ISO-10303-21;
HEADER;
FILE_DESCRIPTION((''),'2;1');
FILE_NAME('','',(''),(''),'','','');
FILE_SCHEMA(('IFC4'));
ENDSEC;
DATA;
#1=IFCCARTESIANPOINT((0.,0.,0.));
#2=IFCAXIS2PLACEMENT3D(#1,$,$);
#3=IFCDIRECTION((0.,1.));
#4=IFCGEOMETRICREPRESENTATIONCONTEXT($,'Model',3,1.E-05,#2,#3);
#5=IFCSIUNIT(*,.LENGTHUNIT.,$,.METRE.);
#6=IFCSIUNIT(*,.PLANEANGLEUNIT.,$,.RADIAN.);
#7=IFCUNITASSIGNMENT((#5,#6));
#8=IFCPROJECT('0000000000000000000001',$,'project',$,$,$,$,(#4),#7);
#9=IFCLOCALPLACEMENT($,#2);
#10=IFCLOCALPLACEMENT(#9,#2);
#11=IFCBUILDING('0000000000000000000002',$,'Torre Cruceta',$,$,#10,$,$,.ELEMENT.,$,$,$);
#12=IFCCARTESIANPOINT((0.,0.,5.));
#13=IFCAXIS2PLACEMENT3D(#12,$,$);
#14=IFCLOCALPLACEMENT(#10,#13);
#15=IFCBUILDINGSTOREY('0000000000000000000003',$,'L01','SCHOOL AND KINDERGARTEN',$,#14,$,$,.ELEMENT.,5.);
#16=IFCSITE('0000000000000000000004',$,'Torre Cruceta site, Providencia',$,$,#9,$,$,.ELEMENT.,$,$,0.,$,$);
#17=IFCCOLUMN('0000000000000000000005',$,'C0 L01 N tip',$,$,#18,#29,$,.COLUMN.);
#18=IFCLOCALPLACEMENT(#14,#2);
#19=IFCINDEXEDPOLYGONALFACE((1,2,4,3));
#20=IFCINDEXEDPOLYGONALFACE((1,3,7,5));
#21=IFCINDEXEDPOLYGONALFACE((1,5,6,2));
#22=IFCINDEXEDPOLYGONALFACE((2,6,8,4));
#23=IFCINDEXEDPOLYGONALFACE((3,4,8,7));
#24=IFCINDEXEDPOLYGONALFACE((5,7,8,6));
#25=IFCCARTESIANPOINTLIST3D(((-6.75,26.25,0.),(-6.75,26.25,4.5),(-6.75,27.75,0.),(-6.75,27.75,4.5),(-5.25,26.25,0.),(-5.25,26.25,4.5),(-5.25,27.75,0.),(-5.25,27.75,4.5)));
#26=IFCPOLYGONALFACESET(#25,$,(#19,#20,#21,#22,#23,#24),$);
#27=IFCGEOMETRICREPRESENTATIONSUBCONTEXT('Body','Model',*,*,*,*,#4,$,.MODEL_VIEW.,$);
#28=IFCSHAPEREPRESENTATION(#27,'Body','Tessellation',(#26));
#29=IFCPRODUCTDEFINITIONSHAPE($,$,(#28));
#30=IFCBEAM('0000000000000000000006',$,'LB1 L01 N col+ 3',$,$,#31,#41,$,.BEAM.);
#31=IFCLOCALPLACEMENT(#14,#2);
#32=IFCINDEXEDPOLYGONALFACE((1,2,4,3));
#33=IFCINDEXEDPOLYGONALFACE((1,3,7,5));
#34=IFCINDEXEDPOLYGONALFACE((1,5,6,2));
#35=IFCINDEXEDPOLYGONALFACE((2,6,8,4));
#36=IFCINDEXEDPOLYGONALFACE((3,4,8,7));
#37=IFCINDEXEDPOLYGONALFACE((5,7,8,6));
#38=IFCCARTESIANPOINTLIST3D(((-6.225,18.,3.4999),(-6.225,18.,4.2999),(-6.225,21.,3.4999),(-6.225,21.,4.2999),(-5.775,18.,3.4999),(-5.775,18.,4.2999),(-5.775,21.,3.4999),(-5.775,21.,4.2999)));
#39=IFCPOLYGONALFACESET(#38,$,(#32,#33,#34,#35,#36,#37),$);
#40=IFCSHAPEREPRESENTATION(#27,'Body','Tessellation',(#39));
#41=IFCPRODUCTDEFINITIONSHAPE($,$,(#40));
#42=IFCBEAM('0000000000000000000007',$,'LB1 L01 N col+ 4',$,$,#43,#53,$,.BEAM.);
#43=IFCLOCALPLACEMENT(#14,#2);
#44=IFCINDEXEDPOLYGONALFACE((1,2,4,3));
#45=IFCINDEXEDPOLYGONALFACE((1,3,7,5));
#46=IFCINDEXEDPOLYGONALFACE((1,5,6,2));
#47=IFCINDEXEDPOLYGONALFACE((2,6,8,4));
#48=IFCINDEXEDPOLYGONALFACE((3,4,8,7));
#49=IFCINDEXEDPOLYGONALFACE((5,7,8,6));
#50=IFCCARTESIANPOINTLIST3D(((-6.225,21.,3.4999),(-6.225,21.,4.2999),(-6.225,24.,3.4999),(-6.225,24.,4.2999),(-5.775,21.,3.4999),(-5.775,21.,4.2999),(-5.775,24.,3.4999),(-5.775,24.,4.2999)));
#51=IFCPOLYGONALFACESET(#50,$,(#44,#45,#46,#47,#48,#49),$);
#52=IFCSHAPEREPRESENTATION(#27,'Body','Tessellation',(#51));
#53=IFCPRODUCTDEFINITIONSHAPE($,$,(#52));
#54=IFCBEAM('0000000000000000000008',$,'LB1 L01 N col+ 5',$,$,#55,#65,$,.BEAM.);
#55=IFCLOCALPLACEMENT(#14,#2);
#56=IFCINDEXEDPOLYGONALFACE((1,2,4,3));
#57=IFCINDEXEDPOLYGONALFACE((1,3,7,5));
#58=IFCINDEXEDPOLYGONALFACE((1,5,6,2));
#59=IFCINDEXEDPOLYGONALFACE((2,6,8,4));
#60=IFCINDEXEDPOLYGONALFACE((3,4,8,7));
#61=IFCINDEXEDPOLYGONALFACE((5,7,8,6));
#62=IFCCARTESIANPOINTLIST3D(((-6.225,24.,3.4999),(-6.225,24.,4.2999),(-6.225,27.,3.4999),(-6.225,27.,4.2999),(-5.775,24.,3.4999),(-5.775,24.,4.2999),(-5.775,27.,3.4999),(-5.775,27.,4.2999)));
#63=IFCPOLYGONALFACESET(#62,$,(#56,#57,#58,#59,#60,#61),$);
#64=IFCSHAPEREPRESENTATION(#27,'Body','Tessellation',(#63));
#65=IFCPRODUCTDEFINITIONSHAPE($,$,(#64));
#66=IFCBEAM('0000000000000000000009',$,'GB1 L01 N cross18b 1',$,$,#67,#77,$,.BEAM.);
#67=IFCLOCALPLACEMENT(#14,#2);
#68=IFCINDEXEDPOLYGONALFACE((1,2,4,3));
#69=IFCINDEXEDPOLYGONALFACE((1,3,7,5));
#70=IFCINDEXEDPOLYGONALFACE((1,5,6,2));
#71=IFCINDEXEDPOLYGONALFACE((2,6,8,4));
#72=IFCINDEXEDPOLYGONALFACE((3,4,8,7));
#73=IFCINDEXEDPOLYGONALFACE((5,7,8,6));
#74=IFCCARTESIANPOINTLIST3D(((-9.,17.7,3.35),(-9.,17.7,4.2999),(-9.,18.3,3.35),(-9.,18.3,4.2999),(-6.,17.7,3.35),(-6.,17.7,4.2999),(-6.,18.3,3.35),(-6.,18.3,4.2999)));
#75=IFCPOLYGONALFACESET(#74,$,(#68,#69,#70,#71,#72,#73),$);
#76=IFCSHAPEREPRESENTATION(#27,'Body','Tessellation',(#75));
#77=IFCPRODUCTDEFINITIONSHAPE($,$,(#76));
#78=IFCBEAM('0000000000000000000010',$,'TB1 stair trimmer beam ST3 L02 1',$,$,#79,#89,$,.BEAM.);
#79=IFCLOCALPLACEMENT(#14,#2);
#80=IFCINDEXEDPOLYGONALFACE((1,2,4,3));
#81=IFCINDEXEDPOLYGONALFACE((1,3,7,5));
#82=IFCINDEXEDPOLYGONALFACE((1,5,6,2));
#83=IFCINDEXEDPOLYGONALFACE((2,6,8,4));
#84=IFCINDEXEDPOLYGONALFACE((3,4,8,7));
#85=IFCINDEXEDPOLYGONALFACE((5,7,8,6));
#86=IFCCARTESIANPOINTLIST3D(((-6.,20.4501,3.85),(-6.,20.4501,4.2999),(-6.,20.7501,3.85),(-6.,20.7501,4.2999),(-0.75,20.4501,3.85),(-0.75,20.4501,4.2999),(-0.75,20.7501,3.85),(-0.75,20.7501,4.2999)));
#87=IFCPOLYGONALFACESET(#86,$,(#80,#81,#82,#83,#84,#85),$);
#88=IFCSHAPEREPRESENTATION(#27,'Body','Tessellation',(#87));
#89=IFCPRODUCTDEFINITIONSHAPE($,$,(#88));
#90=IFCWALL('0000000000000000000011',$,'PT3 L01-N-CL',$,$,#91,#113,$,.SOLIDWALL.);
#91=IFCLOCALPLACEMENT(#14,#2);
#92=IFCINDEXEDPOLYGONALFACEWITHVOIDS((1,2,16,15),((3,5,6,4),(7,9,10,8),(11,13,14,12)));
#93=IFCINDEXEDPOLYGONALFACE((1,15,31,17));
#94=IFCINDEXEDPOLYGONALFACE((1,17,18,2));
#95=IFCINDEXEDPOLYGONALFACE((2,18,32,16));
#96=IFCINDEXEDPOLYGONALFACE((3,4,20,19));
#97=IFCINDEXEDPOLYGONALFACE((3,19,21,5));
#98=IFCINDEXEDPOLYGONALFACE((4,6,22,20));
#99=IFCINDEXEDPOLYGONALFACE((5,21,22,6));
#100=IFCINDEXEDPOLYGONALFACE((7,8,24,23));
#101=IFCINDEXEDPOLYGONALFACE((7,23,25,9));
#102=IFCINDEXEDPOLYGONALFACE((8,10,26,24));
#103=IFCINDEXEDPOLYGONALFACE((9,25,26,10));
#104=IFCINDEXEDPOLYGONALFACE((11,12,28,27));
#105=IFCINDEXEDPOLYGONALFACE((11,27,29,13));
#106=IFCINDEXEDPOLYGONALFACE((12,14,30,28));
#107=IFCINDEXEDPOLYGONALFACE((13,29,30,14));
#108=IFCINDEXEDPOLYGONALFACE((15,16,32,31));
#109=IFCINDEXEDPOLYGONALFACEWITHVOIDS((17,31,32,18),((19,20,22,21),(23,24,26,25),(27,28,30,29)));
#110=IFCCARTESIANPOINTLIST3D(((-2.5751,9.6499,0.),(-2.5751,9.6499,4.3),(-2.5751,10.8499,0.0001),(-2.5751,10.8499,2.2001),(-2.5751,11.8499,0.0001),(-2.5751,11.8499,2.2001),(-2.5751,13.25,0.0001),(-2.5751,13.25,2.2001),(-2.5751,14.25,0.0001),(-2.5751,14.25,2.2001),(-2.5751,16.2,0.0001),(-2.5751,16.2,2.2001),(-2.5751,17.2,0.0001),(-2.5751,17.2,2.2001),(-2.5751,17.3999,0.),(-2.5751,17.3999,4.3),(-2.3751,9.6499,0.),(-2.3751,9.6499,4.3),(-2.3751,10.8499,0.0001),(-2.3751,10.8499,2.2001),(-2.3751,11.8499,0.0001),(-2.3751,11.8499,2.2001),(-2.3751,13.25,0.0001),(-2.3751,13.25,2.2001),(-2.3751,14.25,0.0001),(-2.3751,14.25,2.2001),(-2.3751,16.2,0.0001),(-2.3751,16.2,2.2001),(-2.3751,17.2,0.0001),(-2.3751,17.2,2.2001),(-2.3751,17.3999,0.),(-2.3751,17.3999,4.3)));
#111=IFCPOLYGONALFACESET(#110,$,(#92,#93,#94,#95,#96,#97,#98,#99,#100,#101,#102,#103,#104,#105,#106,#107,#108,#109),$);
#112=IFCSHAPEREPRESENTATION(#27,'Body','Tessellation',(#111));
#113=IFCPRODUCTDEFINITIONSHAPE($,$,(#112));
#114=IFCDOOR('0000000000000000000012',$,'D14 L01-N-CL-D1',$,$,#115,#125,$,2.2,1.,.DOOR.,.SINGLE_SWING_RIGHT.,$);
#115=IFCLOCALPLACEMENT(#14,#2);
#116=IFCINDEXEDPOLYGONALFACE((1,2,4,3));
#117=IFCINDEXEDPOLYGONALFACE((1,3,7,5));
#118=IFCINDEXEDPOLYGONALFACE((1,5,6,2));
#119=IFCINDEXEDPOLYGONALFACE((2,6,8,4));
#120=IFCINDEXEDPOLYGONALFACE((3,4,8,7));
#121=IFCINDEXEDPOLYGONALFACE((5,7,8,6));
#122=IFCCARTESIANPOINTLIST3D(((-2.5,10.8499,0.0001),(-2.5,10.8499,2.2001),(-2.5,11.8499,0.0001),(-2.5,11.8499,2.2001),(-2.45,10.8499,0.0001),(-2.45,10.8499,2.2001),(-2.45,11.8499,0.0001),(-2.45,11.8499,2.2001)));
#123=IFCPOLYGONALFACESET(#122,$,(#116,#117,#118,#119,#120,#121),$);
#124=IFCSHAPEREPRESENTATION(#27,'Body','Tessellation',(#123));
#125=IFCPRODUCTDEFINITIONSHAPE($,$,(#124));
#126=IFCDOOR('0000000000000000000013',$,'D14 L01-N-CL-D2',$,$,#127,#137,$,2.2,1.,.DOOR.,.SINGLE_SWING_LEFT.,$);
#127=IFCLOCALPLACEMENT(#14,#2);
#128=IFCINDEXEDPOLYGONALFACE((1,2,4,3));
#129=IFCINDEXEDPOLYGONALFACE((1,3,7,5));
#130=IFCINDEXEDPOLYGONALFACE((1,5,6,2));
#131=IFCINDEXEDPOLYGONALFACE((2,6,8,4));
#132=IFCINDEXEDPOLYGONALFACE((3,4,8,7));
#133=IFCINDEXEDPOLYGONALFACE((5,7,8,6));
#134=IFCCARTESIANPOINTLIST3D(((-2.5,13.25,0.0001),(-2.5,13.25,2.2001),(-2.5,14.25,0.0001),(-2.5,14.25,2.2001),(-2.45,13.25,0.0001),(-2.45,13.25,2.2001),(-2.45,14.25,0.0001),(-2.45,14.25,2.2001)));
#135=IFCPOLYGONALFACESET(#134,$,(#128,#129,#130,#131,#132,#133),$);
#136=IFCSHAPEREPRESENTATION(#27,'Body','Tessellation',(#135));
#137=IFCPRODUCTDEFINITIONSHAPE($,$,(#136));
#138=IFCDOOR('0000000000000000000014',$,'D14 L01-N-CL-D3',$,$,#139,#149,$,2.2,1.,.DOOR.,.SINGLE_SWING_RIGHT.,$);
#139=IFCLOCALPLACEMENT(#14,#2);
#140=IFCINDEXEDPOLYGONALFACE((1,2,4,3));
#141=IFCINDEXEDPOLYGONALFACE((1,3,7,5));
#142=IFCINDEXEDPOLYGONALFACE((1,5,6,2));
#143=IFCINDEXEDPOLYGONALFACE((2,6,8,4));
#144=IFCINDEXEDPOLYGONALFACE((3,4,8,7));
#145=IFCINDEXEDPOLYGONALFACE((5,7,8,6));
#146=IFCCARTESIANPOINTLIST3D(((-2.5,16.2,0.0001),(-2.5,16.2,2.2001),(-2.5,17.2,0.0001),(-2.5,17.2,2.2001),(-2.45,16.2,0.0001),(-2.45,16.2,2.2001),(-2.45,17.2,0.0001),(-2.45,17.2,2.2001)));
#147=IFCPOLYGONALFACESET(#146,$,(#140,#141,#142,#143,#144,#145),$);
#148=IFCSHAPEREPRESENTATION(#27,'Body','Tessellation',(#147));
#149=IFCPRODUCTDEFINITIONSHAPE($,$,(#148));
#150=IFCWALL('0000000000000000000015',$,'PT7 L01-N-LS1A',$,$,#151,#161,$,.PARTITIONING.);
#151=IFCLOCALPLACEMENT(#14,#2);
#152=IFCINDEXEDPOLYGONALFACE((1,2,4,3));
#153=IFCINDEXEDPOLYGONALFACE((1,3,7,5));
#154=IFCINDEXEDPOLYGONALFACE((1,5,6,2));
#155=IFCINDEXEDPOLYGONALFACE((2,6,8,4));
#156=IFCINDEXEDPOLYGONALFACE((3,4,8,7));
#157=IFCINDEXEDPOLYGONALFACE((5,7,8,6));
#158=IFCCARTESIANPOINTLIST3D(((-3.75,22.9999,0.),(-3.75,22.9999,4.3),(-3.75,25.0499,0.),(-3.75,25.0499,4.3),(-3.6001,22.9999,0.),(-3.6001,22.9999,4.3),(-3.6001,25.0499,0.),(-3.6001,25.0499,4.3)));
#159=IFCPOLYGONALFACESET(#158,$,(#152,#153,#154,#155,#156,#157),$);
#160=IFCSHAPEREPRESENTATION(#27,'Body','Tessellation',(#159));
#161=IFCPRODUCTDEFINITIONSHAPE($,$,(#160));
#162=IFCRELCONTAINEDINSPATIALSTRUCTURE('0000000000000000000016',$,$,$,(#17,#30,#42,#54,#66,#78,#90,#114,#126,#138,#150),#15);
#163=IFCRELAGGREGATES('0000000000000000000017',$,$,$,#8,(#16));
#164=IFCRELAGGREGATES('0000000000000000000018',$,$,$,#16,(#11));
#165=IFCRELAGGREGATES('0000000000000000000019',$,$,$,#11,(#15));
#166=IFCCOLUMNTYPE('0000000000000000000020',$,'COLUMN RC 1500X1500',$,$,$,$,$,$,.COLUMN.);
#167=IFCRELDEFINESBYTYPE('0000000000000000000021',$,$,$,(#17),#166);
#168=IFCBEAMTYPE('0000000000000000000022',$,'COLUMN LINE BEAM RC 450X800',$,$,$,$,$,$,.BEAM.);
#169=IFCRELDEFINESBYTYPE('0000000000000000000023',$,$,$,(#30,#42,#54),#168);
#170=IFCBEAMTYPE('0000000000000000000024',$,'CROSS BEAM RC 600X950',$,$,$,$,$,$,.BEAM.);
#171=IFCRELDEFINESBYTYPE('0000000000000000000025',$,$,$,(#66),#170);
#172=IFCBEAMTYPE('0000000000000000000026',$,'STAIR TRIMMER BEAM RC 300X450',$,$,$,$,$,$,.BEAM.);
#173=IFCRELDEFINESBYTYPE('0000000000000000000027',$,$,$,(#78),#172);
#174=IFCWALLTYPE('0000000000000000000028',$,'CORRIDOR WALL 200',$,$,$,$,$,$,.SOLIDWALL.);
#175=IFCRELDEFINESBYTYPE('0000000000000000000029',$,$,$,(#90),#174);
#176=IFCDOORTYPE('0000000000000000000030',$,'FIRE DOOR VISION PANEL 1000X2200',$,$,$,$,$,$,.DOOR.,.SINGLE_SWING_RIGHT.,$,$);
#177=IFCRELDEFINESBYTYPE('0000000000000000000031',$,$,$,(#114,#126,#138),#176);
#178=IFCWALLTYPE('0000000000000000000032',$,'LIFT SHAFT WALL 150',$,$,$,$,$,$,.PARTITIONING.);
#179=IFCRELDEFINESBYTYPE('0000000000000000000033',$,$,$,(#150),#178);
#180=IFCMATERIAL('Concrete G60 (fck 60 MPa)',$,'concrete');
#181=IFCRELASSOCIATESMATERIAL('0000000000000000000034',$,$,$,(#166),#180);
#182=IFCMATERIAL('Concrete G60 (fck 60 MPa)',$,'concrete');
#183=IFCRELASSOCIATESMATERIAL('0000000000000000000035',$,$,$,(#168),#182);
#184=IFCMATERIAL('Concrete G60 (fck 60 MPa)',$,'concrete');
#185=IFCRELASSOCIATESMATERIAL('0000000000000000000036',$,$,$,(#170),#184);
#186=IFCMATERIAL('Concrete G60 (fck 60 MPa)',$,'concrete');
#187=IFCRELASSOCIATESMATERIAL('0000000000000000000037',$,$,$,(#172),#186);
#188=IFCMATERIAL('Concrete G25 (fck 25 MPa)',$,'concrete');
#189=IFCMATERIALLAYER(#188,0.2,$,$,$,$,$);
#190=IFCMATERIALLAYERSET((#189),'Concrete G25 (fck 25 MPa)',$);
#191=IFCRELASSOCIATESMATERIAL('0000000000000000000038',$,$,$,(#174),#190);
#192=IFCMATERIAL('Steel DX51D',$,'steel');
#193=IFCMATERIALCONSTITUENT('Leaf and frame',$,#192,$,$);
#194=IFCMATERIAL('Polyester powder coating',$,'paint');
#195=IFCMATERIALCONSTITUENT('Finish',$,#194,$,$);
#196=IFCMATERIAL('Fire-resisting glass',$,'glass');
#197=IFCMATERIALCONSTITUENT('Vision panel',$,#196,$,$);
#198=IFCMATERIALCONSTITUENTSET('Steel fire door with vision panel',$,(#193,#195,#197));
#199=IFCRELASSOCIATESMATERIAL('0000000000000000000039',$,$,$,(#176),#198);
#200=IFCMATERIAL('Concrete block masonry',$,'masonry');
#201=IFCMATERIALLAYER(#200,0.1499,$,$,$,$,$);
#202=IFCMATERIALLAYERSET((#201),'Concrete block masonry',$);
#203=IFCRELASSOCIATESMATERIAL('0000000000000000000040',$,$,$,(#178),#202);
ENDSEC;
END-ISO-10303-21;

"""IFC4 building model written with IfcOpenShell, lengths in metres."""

from ifc_helpers import new_model, si_unit, direction, frame, frame_2d, origin, origin_2d, place, context, subcontext, project, spatial, rectangle, extrude, material, layer, layer_set, constituent, constituent_set, material_profile, profile_set, type_object, element, fill, save


model = new_model("IFC4")

# Units and contexts
model_context = context("Model", 3, precision=1e-05, world=origin(), true_north=direction((0.0, 1.0)))
body_context = subcontext(model_context, "Body", "Model", "MODEL_VIEW")
ifc_project = project(units=[si_unit("LENGTHUNIT", "METRE"), si_unit("PLANEANGLEUNIT", "RADIAN")], contexts=[model_context])

# Site, building, storey
site_placement = place(None, origin())
site = spatial("IfcSite", under=ifc_project, at=site_placement, Name="Torre Cruceta site, Providencia", CompositionType="ELEMENT", RefElevation=0.0)
building_placement = place(site_placement, origin())
building = spatial("IfcBuilding", under=site, at=building_placement, Name="Torre Cruceta", CompositionType="ELEMENT")
storey_placement = place(building_placement, frame((0.0, 0.0, 5.0)))
storey = spatial("IfcBuildingStorey", under=building, at=storey_placement, Name="L01", Description="SCHOOL AND KINDERGARTEN", CompositionType="ELEMENT", Elevation=5.0)

# Column
ifc_material_1 = material(Name="Concrete G60 (fck 60 MPa)", Category="concrete")
ifc_material_profile_1 = material_profile(ifc_material_1, rectangle(XDim=1.5, YDim=1.5, at=origin_2d()), Name="RC 1500X1500")
ifc_profile_set_1 = profile_set([ifc_material_profile_1], Name="Concrete G60 (fck 60 MPa)")
column_type = type_object("IfcColumnType", Name="COLUMN RC 1500X1500", PredefinedType="COLUMN", material=ifc_profile_set_1)
column_placement = place(storey_placement, frame((-6.0, 27.0, 0.0), z_axis=(0.0, 0.0, 1.0), x_axis=(1.0, 0.0, 0.0)))
element("IfcColumn", 1, at=column_placement, inside=storey, type_object=column_type, Name="C0 L01 N tip", PredefinedType="COLUMN", context=body_context, shape_type="SweptSolid", body=[
    extrude(rectangle(XDim=1.5, YDim=1.5, at=origin_2d()), origin(), (0.0, 0.0, 1.0), 4.5),
])

# Beams
ifc_material_2 = material(Name="Concrete G60 (fck 60 MPa)", Category="concrete")
ifc_material_profile_2 = material_profile(ifc_material_2, rectangle(XDim=0.45, YDim=0.8, at=origin_2d()), Name="RC 450X800")
ifc_profile_set_2 = profile_set([ifc_material_profile_2], Name="Concrete G60 (fck 60 MPa)")
beam_type_1 = type_object("IfcBeamType", Name="COLUMN LINE BEAM RC 450X800", PredefinedType="BEAM", material=ifc_profile_set_2)
for number, where, z_axis, x_axis, name in (
    (2, (-6.0, 18.0, 3.8999), (0.0, 1.0, 0.0), (-1.0, 0.0, 0.0), "LB1 L01 N col+ 3"),
    (3, (-6.0, 21.0, 3.8999), (0.0, 1.0, 0.0), (-1.0, 0.0, 0.0), "LB1 L01 N col+ 4"),
    (4, (-6.0, 24.0, 3.8999), (0.0, 1.0, 0.0), (-1.0, 0.0, 0.0), "LB1 L01 N col+ 5"),
):
    element("IfcBeam", number, at=place(storey_placement, frame(where, z_axis=z_axis, x_axis=x_axis)), inside=storey, type_object=beam_type_1, Name=name, PredefinedType="BEAM", context=body_context, shape_type="SweptSolid", body=[
        extrude(rectangle(XDim=0.45, YDim=0.8, at=origin_2d()), origin(), (0.0, 0.0, 1.0), 3.0),
    ])
ifc_material_3 = material(Name="Concrete G60 (fck 60 MPa)", Category="concrete")
ifc_material_profile_3 = material_profile(ifc_material_3, rectangle(XDim=0.6001, YDim=0.95, at=origin_2d()), Name="RC 600X950")
ifc_profile_set_3 = profile_set([ifc_material_profile_3], Name="Concrete G60 (fck 60 MPa)")
beam_type_2 = type_object("IfcBeamType", Name="CROSS BEAM RC 600X950", PredefinedType="BEAM", material=ifc_profile_set_3)
beam_1_placement = place(storey_placement, frame((-6.0, 18.0, 3.825), z_axis=(-1.0, 0.0, 0.0), x_axis=(0.0, -1.0, 0.0)))
element("IfcBeam", 5, at=beam_1_placement, inside=storey, type_object=beam_type_2, Name="GB1 L01 N cross18b 1", PredefinedType="BEAM", context=body_context, shape_type="SweptSolid", body=[
    extrude(rectangle(XDim=0.6001, YDim=0.95, at=origin_2d()), origin(), (0.0, 0.0, 1.0), 3.0),
])
ifc_material_4 = material(Name="Concrete G60 (fck 60 MPa)", Category="concrete")
ifc_material_profile_4 = material_profile(ifc_material_4, rectangle(XDim=0.3, YDim=0.45, at=origin_2d()), Name="RC 300X450")
ifc_profile_set_4 = profile_set([ifc_material_profile_4], Name="Concrete G60 (fck 60 MPa)")
beam_type_3 = type_object("IfcBeamType", Name="STAIR TRIMMER BEAM RC 300X450", PredefinedType="BEAM", material=ifc_profile_set_4)
beam_2_placement = place(storey_placement, frame((-0.75, 20.6001, 4.075), z_axis=(-1.0, 0.0, 0.0), x_axis=(0.0, -1.0, 0.0)))
element("IfcBeam", 6, at=beam_2_placement, inside=storey, type_object=beam_type_3, Name="TB1 stair trimmer beam ST3 L02 1", PredefinedType="BEAM", context=body_context, shape_type="SweptSolid", body=[
    extrude(rectangle(XDim=0.3, YDim=0.45, at=origin_2d()), origin(), (0.0, 0.0, 1.0), 5.25),
])

# Wall, openings, doors
ifc_material_5 = material(Name="Concrete G25 (fck 25 MPa)", Category="concrete")
ifc_layer_1 = layer(ifc_material_5, 0.2)
ifc_layer_set_1 = layer_set([ifc_layer_1], Name="Concrete G25 (fck 25 MPa)")
wall_type_1 = type_object("IfcWallType", Name="CORRIDOR WALL 200", PredefinedType="SOLIDWALL", material=ifc_layer_set_1)
wall_1_placement = place(storey_placement, frame((-2.4751, 9.6499, 0.0), z_axis=(0.0, 0.0, 1.0), x_axis=(0.0, 1.0, 0.0)))
wall_1 = element("IfcWall", 7, at=wall_1_placement, inside=storey, type_object=wall_type_1, Name="PT3 L01-N-CL", PredefinedType="SOLIDWALL", context=body_context, shape_type="SweptSolid", body=[
    extrude(rectangle(XDim=7.75, YDim=0.2, at=frame_2d((3.875, 0.0))), origin(), (0.0, 0.0, 1.0), 4.3),
])
opening_1_placement = place(wall_1_placement, frame((1.2, 0.0, 0.0)))
opening_1 = element("IfcOpeningElement", 8, at=opening_1_placement, cuts=wall_1, PredefinedType="OPENING", context=body_context, shape_type="SweptSolid", body=[
    extrude(rectangle(XDim=1.0, YDim=2.2, at=frame_2d((0.5, 1.1001))), frame((0.0, 0.1099, 0.0), z_axis=(0.0, -1.0, 0.0), x_axis=(1.0, 0.0, 0.0)), (0.0, 0.0, 1.0), 0.22),
])
opening_2_placement = place(wall_1_placement, frame((3.6001, 0.0, 0.0)))
opening_2 = element("IfcOpeningElement", 9, at=opening_2_placement, cuts=wall_1, PredefinedType="OPENING", context=body_context, shape_type="SweptSolid", body=[
    extrude(rectangle(XDim=1.0, YDim=2.2, at=frame_2d((0.5, 1.1001))), frame((0.0, 0.1099, 0.0), z_axis=(0.0, -1.0, 0.0), x_axis=(1.0, 0.0, 0.0)), (0.0, 0.0, 1.0), 0.22),
])
opening_3_placement = place(wall_1_placement, frame((6.55, 0.0, 0.0)))
opening_3 = element("IfcOpeningElement", 10, at=opening_3_placement, cuts=wall_1, PredefinedType="OPENING", context=body_context, shape_type="SweptSolid", body=[
    extrude(rectangle(XDim=1.0, YDim=2.2, at=frame_2d((0.5, 1.1001))), frame((0.0, 0.1099, 0.0), z_axis=(0.0, -1.0, 0.0), x_axis=(1.0, 0.0, 0.0)), (0.0, 0.0, 1.0), 0.22),
])
ifc_material_6 = material(Name="Steel DX51D", Category="steel")
ifc_constituent_1 = constituent(ifc_material_6, Name="Leaf and frame")
ifc_material_7 = material(Name="Polyester powder coating", Category="paint")
ifc_constituent_2 = constituent(ifc_material_7, Name="Finish")
ifc_material_8 = material(Name="Fire-resisting glass", Category="glass")
ifc_constituent_3 = constituent(ifc_material_8, Name="Vision panel")
ifc_constituent_set_1 = constituent_set(constituents=[ifc_constituent_1, ifc_constituent_2, ifc_constituent_3], Name="Steel fire door with vision panel")
door_type_1 = type_object("IfcDoorType", Name="FIRE DOOR VISION PANEL 1000X2200", OperationType="SINGLE_SWING_RIGHT", PredefinedType="DOOR", material=ifc_constituent_set_1)
door_1_placement = place(opening_1_placement, origin())
door_1 = element("IfcDoor", 11, at=door_1_placement, inside=storey, type_object=door_type_1, Name="D14 L01-N-CL-D1", OperationType="SINGLE_SWING_RIGHT", OverallHeight=2.2, OverallWidth=1.0, PredefinedType="DOOR", context=body_context, shape_type="SweptSolid", body=[
    extrude(rectangle(XDim=1.0, YDim=2.2, at=frame_2d((0.5, 1.1001))), frame((0.0, 0.0249, 0.0), z_axis=(0.0, -1.0, 0.0), x_axis=(1.0, 0.0, 0.0)), (0.0, 0.0, 1.0), 0.05),
])
fill(opening_1, door_1)
door_2_placement = place(opening_2_placement, origin())
door_2 = element("IfcDoor", 12, at=door_2_placement, inside=storey, type_object=door_type_1, Name="D14 L01-N-CL-D2", OperationType="SINGLE_SWING_LEFT", OverallHeight=2.2, OverallWidth=1.0, PredefinedType="DOOR", context=body_context, shape_type="SweptSolid", body=[
    extrude(rectangle(XDim=1.0, YDim=2.2, at=frame_2d((0.5, 1.1001))), frame((0.0, 0.0249, 0.0), z_axis=(0.0, -1.0, 0.0), x_axis=(1.0, 0.0, 0.0)), (0.0, 0.0, 1.0), 0.05),
])
fill(opening_2, door_2)
door_3_placement = place(opening_3_placement, origin())
door_3 = element("IfcDoor", 13, at=door_3_placement, inside=storey, type_object=door_type_1, Name="D14 L01-N-CL-D3", OperationType="SINGLE_SWING_RIGHT", OverallHeight=2.2, OverallWidth=1.0, PredefinedType="DOOR", context=body_context, shape_type="SweptSolid", body=[
    extrude(rectangle(XDim=1.0, YDim=2.2, at=frame_2d((0.5, 1.1001))), frame((0.0, 0.0249, 0.0), z_axis=(0.0, -1.0, 0.0), x_axis=(1.0, 0.0, 0.0)), (0.0, 0.0, 1.0), 0.05),
])
fill(opening_3, door_3)

# Wall
ifc_material_9 = material(Name="Concrete block masonry", Category="masonry")
ifc_layer_2 = layer(ifc_material_9, 0.1499)
ifc_layer_set_2 = layer_set([ifc_layer_2], Name="Concrete block masonry")
wall_type_2 = type_object("IfcWallType", Name="LIFT SHAFT WALL 150", PredefinedType="PARTITIONING", material=ifc_layer_set_2)
wall_2_placement = place(storey_placement, frame((-3.675, 23.0, 0.0), z_axis=(0.0, 0.0, 1.0), x_axis=(0.0, 1.0, 0.0)))
element("IfcWall", 14, at=wall_2_placement, inside=storey, type_object=wall_type_2, Name="PT7 L01-N-LS1A", PredefinedType="PARTITIONING", context=body_context, shape_type="SweptSolid", body=[
    extrude(rectangle(XDim=2.05, YDim=0.1499, at=frame_2d((1.0249, 0.0))), origin(), (0.0, 0.0, 1.0), 4.3),
])

save(model, "model.ifc")
